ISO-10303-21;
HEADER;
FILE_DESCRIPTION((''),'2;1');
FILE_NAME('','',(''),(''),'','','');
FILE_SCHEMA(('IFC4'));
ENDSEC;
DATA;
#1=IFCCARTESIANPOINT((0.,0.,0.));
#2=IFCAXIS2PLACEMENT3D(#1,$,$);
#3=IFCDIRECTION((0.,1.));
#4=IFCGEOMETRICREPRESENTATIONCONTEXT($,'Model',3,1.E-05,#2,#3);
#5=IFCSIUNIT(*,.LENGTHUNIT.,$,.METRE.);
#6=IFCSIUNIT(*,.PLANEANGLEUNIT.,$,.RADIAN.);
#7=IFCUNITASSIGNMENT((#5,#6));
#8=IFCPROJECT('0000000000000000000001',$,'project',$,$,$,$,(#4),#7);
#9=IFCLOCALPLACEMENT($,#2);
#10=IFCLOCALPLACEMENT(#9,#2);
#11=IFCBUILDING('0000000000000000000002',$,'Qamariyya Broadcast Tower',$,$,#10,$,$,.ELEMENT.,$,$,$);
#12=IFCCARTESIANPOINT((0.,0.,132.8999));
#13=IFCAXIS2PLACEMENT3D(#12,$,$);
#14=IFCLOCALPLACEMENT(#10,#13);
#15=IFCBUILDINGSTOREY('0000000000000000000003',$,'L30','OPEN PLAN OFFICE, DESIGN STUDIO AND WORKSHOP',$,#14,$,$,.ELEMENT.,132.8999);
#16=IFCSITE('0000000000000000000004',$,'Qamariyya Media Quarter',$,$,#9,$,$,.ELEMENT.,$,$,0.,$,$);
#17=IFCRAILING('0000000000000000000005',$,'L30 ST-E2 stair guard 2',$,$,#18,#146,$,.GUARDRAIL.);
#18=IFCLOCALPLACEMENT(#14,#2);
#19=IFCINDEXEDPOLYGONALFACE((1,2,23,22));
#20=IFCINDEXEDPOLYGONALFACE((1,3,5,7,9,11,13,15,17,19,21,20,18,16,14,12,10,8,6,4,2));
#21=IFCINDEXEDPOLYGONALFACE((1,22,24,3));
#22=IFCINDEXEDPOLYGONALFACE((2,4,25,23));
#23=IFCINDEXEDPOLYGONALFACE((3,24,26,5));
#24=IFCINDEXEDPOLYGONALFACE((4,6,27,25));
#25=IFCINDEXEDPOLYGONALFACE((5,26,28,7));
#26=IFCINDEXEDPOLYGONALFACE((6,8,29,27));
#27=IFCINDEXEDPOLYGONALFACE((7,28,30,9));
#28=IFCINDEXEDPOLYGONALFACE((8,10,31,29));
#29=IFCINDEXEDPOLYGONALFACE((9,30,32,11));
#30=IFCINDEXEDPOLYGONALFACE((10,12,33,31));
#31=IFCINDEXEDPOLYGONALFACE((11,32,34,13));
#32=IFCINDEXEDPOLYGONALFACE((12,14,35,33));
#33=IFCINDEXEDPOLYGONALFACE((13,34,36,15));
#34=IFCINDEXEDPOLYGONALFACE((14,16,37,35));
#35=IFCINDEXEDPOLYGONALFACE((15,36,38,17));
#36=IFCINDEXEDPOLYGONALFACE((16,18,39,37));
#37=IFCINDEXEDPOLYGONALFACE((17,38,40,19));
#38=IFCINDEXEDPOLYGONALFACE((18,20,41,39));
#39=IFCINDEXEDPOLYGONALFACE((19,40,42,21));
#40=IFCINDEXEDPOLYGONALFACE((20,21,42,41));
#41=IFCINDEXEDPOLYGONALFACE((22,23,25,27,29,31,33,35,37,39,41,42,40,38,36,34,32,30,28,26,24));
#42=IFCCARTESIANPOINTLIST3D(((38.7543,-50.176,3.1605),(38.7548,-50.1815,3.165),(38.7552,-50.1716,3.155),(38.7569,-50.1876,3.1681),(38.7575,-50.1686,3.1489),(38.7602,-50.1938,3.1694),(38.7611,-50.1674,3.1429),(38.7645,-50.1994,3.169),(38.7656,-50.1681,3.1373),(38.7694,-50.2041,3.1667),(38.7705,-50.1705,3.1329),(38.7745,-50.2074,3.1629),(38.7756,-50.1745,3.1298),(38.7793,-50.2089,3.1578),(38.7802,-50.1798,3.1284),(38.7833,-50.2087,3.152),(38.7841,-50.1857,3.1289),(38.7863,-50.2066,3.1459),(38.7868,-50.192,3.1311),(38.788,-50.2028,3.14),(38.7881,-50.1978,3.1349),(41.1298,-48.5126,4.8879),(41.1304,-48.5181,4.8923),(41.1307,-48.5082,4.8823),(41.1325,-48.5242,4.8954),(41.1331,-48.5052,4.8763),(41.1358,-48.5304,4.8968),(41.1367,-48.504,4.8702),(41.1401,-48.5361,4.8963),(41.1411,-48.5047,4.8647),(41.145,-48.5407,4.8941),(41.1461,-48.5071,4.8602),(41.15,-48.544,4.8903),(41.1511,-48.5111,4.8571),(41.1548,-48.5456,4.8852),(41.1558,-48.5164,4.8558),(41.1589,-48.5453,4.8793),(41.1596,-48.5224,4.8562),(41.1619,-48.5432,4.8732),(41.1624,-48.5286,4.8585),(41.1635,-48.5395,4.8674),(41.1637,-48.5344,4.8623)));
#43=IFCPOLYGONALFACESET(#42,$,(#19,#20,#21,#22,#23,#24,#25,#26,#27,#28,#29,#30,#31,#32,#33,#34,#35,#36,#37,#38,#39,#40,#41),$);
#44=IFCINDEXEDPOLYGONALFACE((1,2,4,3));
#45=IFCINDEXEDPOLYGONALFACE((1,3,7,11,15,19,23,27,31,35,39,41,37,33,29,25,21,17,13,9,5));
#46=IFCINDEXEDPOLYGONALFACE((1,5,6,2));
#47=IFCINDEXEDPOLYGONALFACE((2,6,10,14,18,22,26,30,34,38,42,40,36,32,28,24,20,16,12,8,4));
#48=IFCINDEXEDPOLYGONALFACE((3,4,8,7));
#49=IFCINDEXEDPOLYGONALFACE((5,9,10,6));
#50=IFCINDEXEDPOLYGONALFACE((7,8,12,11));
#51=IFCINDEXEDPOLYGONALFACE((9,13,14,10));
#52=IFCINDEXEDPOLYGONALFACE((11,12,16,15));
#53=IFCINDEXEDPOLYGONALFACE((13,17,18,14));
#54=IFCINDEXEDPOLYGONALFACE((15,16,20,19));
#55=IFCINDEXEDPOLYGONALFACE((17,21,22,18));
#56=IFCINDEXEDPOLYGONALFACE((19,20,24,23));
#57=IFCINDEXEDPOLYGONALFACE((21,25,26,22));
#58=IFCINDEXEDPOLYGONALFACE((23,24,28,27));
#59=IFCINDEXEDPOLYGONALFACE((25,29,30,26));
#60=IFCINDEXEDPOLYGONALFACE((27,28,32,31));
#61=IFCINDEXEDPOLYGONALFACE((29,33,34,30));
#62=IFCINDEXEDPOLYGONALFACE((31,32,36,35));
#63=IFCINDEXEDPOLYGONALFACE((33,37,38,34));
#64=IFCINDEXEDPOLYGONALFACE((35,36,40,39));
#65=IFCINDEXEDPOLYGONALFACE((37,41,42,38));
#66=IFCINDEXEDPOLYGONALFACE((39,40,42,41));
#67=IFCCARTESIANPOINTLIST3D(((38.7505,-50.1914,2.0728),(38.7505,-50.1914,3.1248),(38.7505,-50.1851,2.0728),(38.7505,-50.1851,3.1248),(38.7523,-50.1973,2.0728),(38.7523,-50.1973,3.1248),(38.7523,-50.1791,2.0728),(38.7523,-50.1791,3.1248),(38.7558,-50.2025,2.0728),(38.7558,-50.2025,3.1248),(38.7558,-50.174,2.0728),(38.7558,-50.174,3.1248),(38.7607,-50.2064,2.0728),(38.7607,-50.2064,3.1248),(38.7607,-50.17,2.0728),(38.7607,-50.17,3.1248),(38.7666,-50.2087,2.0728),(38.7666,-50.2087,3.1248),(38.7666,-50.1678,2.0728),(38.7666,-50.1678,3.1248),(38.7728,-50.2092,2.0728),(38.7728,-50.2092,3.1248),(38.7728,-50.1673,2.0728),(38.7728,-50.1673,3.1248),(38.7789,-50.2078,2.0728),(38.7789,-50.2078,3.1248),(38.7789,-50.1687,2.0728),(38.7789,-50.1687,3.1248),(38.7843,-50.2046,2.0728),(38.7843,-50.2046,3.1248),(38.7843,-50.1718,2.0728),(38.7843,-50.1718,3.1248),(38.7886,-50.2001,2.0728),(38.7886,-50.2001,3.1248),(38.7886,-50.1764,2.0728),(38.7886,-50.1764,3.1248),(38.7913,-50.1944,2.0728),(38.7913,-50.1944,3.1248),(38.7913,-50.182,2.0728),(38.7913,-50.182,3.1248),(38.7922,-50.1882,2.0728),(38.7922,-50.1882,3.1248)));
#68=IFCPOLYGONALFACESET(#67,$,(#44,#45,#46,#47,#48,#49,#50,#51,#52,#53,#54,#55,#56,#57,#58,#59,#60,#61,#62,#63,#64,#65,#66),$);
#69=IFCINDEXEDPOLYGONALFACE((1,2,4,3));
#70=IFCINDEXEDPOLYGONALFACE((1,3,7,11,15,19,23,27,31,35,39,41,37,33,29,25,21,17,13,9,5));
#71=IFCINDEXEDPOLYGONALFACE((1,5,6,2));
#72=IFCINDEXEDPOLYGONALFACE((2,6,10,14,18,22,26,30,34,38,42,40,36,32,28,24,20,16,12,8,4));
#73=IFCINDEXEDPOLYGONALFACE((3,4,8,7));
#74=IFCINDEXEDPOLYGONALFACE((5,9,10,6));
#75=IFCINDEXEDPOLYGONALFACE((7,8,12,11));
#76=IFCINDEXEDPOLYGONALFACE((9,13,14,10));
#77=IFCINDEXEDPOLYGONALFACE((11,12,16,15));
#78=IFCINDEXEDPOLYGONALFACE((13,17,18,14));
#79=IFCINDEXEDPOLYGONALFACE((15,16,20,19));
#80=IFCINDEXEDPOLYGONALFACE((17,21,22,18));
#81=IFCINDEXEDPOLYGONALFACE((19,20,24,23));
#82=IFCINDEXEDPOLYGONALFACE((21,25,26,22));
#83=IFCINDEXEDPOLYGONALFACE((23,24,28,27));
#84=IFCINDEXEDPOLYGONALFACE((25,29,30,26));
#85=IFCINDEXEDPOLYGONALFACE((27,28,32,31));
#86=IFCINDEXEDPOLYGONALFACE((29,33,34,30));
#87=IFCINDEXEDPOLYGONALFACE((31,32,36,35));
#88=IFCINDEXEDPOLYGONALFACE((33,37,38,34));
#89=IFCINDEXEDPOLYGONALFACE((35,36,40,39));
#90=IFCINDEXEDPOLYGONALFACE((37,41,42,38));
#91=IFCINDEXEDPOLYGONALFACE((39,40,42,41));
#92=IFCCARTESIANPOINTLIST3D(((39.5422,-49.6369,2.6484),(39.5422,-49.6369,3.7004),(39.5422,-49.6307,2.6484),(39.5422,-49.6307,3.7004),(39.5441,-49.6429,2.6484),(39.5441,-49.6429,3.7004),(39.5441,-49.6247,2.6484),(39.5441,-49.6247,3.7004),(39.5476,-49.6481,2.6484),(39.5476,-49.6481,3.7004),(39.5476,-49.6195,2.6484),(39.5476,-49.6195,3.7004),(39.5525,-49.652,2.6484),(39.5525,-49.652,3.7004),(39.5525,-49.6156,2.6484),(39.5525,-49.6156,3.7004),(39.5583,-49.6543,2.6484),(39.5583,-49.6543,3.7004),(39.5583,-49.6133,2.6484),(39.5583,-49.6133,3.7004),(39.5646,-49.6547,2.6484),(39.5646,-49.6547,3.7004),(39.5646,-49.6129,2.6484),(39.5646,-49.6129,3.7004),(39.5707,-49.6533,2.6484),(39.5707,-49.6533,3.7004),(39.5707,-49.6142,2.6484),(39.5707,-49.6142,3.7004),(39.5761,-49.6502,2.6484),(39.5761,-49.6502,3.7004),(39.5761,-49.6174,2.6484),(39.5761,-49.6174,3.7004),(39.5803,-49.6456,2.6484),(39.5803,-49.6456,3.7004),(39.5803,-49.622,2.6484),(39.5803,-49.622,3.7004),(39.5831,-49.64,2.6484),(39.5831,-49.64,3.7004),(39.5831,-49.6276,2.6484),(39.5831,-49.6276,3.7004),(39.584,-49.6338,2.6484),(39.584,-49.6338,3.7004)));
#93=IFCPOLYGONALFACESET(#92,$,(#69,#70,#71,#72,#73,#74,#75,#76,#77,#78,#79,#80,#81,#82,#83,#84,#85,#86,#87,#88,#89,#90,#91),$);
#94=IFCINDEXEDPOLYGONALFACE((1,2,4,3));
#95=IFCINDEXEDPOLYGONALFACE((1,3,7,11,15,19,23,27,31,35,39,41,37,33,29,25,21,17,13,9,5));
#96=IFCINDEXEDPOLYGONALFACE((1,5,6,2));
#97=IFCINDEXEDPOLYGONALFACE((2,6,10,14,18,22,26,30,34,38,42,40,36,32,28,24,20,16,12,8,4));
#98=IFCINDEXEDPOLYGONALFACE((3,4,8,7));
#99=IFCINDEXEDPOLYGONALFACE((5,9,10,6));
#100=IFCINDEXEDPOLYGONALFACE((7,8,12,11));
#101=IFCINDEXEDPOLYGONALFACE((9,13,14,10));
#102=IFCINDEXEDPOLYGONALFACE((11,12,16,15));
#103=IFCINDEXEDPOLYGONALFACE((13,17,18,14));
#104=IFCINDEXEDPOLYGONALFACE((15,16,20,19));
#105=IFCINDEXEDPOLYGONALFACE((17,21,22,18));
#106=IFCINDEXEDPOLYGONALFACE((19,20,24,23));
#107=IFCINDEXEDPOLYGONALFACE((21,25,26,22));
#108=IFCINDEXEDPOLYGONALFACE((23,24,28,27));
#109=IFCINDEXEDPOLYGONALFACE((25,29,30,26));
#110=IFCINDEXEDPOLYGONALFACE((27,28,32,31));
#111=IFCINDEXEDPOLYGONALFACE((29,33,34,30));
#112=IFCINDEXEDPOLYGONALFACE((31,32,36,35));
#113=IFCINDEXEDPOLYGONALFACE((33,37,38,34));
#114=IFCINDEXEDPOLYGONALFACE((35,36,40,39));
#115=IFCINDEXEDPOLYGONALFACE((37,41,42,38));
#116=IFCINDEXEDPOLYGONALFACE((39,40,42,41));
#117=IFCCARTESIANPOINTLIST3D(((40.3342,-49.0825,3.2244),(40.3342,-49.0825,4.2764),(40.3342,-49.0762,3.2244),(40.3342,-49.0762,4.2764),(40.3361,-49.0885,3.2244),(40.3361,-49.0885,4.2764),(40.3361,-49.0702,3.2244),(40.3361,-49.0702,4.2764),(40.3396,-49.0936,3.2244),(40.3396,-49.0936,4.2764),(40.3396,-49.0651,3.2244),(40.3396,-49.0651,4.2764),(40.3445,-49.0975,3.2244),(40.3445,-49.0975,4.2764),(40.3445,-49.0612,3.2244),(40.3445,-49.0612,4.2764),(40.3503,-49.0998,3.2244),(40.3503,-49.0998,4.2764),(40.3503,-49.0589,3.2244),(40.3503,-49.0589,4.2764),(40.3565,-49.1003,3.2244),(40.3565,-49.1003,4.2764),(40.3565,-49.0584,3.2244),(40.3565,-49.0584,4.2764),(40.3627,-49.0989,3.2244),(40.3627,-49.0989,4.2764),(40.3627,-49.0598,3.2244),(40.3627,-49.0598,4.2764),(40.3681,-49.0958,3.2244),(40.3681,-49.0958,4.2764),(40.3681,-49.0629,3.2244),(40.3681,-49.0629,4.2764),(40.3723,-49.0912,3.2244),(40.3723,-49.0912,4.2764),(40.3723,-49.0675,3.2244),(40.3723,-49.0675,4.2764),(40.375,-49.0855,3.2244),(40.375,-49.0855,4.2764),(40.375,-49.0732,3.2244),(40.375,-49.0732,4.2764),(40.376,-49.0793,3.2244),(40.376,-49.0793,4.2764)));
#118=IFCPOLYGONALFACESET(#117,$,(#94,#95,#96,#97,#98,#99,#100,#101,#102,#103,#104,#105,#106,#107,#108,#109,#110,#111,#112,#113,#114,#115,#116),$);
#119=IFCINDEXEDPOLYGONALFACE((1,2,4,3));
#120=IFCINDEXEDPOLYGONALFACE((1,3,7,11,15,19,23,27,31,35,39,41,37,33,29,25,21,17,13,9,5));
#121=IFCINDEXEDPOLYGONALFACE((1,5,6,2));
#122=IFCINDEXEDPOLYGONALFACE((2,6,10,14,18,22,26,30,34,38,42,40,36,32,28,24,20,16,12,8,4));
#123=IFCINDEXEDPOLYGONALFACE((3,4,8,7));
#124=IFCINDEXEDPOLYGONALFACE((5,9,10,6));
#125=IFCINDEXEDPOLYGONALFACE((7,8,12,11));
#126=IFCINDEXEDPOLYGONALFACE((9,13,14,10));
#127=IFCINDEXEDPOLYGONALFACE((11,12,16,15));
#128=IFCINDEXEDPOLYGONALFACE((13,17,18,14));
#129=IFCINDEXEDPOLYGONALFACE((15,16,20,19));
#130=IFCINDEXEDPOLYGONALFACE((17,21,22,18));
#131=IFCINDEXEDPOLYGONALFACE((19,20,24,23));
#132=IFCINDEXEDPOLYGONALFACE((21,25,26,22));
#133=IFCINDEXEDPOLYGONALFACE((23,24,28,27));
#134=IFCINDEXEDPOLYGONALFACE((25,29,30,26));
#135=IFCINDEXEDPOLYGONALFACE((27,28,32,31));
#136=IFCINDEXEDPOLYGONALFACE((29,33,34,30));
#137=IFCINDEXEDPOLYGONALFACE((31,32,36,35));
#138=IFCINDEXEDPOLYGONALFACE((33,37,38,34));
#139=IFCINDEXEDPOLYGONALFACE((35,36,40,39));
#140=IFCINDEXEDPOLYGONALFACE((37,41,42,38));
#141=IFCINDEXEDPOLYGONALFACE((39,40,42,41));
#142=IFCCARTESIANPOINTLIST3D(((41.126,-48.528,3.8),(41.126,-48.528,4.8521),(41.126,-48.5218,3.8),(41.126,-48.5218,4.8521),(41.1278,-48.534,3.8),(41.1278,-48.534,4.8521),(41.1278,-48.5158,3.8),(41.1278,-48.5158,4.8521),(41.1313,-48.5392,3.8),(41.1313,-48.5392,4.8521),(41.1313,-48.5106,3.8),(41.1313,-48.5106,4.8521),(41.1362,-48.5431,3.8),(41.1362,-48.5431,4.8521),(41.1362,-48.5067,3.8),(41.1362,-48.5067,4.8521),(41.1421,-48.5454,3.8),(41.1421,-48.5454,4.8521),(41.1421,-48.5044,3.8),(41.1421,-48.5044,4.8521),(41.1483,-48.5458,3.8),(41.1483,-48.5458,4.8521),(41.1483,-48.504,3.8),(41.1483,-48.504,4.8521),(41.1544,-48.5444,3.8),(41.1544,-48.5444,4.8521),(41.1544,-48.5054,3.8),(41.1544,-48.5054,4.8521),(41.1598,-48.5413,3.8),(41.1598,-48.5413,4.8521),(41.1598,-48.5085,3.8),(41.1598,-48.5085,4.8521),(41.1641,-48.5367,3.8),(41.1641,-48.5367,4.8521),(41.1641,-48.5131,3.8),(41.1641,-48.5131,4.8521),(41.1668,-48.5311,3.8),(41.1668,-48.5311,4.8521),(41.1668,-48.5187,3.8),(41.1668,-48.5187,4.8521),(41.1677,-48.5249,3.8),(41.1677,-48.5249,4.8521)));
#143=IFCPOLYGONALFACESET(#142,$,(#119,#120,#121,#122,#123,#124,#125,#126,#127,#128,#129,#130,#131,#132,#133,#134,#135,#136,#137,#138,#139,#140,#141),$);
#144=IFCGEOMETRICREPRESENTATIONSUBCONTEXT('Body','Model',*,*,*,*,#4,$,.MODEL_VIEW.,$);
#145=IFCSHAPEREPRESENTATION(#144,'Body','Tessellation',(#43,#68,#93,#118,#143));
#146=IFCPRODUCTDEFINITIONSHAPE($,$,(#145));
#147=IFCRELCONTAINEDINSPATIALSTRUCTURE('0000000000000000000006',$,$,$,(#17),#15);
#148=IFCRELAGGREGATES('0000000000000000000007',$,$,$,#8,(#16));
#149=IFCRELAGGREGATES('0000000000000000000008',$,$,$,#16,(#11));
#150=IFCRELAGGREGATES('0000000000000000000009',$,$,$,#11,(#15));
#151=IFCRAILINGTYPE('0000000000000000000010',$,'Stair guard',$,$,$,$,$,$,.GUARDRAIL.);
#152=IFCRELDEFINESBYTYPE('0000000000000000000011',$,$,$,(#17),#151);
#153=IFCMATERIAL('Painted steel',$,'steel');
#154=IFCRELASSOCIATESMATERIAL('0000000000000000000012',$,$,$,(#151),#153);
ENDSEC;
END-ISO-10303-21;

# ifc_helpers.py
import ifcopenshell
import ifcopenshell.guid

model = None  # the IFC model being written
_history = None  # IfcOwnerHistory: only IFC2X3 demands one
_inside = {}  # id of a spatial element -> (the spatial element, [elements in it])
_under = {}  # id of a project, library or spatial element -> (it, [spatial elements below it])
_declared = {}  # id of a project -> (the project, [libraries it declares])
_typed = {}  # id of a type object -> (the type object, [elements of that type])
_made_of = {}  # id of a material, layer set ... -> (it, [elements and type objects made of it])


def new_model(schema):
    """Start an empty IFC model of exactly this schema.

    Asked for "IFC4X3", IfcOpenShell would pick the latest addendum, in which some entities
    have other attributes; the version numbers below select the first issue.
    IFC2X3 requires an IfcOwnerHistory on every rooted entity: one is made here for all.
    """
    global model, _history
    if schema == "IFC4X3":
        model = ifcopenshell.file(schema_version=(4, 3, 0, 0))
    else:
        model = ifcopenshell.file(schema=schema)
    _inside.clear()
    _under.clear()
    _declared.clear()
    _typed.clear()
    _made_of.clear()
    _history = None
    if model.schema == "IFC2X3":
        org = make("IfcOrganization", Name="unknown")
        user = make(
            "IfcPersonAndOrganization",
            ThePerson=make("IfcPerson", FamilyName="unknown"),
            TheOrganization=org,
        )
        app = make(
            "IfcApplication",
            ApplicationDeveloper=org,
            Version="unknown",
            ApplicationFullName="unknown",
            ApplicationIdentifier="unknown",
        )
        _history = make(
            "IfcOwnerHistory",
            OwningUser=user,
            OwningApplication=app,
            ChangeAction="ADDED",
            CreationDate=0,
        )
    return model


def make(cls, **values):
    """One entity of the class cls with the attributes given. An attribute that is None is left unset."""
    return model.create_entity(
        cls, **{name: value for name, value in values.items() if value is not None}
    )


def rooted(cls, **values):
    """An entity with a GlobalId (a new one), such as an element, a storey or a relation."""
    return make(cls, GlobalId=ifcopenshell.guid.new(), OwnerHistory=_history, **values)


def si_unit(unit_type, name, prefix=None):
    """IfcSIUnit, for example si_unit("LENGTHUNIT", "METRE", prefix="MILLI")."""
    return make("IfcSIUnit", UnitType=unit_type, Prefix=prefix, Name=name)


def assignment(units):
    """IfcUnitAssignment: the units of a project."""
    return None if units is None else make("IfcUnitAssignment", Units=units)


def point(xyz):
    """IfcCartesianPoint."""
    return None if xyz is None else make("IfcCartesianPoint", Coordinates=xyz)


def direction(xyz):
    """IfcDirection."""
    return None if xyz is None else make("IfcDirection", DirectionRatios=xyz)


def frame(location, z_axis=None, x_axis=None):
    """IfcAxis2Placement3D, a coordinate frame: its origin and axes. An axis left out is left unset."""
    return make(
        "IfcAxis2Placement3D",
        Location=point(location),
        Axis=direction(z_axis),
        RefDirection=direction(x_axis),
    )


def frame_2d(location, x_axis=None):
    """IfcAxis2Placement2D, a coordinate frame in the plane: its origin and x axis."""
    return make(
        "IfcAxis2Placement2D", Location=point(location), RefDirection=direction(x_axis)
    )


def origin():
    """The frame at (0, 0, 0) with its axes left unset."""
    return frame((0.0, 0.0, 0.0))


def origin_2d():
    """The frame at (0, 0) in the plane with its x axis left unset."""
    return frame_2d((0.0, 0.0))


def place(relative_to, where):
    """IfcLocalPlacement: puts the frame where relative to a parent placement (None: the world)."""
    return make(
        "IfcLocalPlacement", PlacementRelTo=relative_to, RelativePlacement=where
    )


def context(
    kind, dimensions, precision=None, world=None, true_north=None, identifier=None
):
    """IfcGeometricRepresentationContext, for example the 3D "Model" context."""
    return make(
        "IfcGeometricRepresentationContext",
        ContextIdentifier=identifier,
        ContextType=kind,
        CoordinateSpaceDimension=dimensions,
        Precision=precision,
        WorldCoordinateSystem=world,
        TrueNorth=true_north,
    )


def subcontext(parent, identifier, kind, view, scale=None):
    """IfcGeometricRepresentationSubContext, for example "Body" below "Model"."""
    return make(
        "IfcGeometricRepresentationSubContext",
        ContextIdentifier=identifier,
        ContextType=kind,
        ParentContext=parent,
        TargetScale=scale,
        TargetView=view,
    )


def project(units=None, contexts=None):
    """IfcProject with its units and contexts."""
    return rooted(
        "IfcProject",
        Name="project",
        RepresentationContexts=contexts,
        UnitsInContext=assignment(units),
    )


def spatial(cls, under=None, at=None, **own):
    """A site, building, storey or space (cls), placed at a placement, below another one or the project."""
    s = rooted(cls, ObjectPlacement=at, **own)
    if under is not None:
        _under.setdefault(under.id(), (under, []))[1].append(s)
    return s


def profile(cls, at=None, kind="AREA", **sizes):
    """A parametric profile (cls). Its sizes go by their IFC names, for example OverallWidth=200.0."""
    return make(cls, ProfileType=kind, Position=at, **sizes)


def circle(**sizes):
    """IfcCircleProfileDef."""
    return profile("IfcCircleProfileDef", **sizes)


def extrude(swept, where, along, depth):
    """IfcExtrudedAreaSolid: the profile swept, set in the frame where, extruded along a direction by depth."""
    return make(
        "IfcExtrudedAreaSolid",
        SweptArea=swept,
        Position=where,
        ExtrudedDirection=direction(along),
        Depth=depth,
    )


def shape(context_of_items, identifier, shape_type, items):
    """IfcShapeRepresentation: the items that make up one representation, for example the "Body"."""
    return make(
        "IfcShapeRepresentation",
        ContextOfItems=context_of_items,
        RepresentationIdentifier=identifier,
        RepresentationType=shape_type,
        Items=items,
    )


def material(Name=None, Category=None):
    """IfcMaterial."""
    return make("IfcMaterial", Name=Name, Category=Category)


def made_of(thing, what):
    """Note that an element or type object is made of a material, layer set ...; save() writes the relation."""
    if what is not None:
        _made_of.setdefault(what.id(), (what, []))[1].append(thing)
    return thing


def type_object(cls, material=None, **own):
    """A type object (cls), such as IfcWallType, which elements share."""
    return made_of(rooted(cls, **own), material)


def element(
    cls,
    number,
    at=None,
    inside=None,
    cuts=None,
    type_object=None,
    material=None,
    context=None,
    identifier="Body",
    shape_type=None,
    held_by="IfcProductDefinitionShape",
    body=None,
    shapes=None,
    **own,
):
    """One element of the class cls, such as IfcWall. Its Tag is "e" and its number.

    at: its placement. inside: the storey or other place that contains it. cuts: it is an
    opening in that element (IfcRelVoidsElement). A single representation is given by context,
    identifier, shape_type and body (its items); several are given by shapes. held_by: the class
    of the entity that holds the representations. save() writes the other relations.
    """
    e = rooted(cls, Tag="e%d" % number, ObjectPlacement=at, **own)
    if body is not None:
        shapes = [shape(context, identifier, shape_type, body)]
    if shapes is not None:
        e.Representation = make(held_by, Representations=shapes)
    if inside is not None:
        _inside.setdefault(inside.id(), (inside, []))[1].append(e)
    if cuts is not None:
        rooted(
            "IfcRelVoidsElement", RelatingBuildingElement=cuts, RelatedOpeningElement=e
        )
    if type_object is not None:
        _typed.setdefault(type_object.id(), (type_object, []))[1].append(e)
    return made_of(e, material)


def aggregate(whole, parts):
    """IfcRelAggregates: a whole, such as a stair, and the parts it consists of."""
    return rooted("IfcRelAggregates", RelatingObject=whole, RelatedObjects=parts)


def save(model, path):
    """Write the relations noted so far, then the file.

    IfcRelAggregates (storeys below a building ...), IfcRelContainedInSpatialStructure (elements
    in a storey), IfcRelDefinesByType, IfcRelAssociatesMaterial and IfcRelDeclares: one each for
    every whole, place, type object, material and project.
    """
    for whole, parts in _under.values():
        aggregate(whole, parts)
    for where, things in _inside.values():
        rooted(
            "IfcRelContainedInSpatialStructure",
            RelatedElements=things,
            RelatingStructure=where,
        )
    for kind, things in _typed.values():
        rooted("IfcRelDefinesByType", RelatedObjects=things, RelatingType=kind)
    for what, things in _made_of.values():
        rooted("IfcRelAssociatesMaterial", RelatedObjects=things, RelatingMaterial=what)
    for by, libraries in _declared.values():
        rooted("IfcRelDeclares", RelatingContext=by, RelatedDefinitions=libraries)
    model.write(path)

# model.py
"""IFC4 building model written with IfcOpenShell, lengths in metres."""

from ifc_helpers import new_model, si_unit, direction, frame, origin, origin_2d, place, context, subcontext, project, spatial, circle, extrude, material, type_object, element, save


model = new_model("IFC4")

# Units and contexts
model_context = context("Model", 3, precision=1e-05, world=origin(), true_north=direction((0.0, 1.0)))
body_context = subcontext(model_context, "Body", "Model", "MODEL_VIEW")
ifc_project = project(units=[si_unit("LENGTHUNIT", "METRE"), si_unit("PLANEANGLEUNIT", "RADIAN")], contexts=[model_context])

# Site, building, storey
site_placement = place(None, origin())
site = spatial("IfcSite", under=ifc_project, at=site_placement, Name="Qamariyya Media Quarter", CompositionType="ELEMENT", RefElevation=0.0)
building_placement = place(site_placement, origin())
building = spatial("IfcBuilding", under=site, at=building_placement, Name="Qamariyya Broadcast Tower", CompositionType="ELEMENT")
storey_placement = place(building_placement, frame((0.0, 0.0, 132.8999)))
storey = spatial("IfcBuildingStorey", under=building, at=storey_placement, Name="L30", Description="OPEN PLAN OFFICE, DESIGN STUDIO AND WORKSHOP", CompositionType="ELEMENT", Elevation=132.8999)

# Railing
ifc_material_1 = material(Name="Painted steel", Category="steel")
railing_type_1 = type_object("IfcRailingType", Name="Stair guard", PredefinedType="GUARDRAIL", material=ifc_material_1)
railing_1_placement = place(storey_placement, frame((38.7712, -50.1882, 2.0728)))
element("IfcRailing", 1, at=railing_1_placement, inside=storey, type_object=railing_type_1, Name="L30 ST-E2 stair guard 2", PredefinedType="GUARDRAIL", context=body_context, shape_type="SweptSolid", body=[
    extrude(circle(Radius=0.0239, at=origin_2d()), frame((0.0, 0.0, 1.0762), z_axis=(0.70377, 0.492784, 0.511734), x_axis=(-0.573575, 0.819153, 0.0)), (0.0, 0.0, 1.0), 3.3755),
    extrude(circle(Radius=0.021, at=origin_2d()), origin(), (0.0, 0.0, 1.0), 1.052),
    extrude(circle(Radius=0.021, at=origin_2d()), frame((0.7917, 0.5544, 0.5757)), (0.0, 0.0, 1.0), 1.052),
    extrude(circle(Radius=0.021, at=origin_2d()), frame((1.5837, 1.1089, 1.1516)), (0.0, 0.0, 1.0), 1.052),
    extrude(circle(Radius=0.021, at=origin_2d()), frame((2.3755, 1.6633, 1.7273)), (0.0, 0.0, 1.0), 1.052),
])

save(model, "model.ifc")
